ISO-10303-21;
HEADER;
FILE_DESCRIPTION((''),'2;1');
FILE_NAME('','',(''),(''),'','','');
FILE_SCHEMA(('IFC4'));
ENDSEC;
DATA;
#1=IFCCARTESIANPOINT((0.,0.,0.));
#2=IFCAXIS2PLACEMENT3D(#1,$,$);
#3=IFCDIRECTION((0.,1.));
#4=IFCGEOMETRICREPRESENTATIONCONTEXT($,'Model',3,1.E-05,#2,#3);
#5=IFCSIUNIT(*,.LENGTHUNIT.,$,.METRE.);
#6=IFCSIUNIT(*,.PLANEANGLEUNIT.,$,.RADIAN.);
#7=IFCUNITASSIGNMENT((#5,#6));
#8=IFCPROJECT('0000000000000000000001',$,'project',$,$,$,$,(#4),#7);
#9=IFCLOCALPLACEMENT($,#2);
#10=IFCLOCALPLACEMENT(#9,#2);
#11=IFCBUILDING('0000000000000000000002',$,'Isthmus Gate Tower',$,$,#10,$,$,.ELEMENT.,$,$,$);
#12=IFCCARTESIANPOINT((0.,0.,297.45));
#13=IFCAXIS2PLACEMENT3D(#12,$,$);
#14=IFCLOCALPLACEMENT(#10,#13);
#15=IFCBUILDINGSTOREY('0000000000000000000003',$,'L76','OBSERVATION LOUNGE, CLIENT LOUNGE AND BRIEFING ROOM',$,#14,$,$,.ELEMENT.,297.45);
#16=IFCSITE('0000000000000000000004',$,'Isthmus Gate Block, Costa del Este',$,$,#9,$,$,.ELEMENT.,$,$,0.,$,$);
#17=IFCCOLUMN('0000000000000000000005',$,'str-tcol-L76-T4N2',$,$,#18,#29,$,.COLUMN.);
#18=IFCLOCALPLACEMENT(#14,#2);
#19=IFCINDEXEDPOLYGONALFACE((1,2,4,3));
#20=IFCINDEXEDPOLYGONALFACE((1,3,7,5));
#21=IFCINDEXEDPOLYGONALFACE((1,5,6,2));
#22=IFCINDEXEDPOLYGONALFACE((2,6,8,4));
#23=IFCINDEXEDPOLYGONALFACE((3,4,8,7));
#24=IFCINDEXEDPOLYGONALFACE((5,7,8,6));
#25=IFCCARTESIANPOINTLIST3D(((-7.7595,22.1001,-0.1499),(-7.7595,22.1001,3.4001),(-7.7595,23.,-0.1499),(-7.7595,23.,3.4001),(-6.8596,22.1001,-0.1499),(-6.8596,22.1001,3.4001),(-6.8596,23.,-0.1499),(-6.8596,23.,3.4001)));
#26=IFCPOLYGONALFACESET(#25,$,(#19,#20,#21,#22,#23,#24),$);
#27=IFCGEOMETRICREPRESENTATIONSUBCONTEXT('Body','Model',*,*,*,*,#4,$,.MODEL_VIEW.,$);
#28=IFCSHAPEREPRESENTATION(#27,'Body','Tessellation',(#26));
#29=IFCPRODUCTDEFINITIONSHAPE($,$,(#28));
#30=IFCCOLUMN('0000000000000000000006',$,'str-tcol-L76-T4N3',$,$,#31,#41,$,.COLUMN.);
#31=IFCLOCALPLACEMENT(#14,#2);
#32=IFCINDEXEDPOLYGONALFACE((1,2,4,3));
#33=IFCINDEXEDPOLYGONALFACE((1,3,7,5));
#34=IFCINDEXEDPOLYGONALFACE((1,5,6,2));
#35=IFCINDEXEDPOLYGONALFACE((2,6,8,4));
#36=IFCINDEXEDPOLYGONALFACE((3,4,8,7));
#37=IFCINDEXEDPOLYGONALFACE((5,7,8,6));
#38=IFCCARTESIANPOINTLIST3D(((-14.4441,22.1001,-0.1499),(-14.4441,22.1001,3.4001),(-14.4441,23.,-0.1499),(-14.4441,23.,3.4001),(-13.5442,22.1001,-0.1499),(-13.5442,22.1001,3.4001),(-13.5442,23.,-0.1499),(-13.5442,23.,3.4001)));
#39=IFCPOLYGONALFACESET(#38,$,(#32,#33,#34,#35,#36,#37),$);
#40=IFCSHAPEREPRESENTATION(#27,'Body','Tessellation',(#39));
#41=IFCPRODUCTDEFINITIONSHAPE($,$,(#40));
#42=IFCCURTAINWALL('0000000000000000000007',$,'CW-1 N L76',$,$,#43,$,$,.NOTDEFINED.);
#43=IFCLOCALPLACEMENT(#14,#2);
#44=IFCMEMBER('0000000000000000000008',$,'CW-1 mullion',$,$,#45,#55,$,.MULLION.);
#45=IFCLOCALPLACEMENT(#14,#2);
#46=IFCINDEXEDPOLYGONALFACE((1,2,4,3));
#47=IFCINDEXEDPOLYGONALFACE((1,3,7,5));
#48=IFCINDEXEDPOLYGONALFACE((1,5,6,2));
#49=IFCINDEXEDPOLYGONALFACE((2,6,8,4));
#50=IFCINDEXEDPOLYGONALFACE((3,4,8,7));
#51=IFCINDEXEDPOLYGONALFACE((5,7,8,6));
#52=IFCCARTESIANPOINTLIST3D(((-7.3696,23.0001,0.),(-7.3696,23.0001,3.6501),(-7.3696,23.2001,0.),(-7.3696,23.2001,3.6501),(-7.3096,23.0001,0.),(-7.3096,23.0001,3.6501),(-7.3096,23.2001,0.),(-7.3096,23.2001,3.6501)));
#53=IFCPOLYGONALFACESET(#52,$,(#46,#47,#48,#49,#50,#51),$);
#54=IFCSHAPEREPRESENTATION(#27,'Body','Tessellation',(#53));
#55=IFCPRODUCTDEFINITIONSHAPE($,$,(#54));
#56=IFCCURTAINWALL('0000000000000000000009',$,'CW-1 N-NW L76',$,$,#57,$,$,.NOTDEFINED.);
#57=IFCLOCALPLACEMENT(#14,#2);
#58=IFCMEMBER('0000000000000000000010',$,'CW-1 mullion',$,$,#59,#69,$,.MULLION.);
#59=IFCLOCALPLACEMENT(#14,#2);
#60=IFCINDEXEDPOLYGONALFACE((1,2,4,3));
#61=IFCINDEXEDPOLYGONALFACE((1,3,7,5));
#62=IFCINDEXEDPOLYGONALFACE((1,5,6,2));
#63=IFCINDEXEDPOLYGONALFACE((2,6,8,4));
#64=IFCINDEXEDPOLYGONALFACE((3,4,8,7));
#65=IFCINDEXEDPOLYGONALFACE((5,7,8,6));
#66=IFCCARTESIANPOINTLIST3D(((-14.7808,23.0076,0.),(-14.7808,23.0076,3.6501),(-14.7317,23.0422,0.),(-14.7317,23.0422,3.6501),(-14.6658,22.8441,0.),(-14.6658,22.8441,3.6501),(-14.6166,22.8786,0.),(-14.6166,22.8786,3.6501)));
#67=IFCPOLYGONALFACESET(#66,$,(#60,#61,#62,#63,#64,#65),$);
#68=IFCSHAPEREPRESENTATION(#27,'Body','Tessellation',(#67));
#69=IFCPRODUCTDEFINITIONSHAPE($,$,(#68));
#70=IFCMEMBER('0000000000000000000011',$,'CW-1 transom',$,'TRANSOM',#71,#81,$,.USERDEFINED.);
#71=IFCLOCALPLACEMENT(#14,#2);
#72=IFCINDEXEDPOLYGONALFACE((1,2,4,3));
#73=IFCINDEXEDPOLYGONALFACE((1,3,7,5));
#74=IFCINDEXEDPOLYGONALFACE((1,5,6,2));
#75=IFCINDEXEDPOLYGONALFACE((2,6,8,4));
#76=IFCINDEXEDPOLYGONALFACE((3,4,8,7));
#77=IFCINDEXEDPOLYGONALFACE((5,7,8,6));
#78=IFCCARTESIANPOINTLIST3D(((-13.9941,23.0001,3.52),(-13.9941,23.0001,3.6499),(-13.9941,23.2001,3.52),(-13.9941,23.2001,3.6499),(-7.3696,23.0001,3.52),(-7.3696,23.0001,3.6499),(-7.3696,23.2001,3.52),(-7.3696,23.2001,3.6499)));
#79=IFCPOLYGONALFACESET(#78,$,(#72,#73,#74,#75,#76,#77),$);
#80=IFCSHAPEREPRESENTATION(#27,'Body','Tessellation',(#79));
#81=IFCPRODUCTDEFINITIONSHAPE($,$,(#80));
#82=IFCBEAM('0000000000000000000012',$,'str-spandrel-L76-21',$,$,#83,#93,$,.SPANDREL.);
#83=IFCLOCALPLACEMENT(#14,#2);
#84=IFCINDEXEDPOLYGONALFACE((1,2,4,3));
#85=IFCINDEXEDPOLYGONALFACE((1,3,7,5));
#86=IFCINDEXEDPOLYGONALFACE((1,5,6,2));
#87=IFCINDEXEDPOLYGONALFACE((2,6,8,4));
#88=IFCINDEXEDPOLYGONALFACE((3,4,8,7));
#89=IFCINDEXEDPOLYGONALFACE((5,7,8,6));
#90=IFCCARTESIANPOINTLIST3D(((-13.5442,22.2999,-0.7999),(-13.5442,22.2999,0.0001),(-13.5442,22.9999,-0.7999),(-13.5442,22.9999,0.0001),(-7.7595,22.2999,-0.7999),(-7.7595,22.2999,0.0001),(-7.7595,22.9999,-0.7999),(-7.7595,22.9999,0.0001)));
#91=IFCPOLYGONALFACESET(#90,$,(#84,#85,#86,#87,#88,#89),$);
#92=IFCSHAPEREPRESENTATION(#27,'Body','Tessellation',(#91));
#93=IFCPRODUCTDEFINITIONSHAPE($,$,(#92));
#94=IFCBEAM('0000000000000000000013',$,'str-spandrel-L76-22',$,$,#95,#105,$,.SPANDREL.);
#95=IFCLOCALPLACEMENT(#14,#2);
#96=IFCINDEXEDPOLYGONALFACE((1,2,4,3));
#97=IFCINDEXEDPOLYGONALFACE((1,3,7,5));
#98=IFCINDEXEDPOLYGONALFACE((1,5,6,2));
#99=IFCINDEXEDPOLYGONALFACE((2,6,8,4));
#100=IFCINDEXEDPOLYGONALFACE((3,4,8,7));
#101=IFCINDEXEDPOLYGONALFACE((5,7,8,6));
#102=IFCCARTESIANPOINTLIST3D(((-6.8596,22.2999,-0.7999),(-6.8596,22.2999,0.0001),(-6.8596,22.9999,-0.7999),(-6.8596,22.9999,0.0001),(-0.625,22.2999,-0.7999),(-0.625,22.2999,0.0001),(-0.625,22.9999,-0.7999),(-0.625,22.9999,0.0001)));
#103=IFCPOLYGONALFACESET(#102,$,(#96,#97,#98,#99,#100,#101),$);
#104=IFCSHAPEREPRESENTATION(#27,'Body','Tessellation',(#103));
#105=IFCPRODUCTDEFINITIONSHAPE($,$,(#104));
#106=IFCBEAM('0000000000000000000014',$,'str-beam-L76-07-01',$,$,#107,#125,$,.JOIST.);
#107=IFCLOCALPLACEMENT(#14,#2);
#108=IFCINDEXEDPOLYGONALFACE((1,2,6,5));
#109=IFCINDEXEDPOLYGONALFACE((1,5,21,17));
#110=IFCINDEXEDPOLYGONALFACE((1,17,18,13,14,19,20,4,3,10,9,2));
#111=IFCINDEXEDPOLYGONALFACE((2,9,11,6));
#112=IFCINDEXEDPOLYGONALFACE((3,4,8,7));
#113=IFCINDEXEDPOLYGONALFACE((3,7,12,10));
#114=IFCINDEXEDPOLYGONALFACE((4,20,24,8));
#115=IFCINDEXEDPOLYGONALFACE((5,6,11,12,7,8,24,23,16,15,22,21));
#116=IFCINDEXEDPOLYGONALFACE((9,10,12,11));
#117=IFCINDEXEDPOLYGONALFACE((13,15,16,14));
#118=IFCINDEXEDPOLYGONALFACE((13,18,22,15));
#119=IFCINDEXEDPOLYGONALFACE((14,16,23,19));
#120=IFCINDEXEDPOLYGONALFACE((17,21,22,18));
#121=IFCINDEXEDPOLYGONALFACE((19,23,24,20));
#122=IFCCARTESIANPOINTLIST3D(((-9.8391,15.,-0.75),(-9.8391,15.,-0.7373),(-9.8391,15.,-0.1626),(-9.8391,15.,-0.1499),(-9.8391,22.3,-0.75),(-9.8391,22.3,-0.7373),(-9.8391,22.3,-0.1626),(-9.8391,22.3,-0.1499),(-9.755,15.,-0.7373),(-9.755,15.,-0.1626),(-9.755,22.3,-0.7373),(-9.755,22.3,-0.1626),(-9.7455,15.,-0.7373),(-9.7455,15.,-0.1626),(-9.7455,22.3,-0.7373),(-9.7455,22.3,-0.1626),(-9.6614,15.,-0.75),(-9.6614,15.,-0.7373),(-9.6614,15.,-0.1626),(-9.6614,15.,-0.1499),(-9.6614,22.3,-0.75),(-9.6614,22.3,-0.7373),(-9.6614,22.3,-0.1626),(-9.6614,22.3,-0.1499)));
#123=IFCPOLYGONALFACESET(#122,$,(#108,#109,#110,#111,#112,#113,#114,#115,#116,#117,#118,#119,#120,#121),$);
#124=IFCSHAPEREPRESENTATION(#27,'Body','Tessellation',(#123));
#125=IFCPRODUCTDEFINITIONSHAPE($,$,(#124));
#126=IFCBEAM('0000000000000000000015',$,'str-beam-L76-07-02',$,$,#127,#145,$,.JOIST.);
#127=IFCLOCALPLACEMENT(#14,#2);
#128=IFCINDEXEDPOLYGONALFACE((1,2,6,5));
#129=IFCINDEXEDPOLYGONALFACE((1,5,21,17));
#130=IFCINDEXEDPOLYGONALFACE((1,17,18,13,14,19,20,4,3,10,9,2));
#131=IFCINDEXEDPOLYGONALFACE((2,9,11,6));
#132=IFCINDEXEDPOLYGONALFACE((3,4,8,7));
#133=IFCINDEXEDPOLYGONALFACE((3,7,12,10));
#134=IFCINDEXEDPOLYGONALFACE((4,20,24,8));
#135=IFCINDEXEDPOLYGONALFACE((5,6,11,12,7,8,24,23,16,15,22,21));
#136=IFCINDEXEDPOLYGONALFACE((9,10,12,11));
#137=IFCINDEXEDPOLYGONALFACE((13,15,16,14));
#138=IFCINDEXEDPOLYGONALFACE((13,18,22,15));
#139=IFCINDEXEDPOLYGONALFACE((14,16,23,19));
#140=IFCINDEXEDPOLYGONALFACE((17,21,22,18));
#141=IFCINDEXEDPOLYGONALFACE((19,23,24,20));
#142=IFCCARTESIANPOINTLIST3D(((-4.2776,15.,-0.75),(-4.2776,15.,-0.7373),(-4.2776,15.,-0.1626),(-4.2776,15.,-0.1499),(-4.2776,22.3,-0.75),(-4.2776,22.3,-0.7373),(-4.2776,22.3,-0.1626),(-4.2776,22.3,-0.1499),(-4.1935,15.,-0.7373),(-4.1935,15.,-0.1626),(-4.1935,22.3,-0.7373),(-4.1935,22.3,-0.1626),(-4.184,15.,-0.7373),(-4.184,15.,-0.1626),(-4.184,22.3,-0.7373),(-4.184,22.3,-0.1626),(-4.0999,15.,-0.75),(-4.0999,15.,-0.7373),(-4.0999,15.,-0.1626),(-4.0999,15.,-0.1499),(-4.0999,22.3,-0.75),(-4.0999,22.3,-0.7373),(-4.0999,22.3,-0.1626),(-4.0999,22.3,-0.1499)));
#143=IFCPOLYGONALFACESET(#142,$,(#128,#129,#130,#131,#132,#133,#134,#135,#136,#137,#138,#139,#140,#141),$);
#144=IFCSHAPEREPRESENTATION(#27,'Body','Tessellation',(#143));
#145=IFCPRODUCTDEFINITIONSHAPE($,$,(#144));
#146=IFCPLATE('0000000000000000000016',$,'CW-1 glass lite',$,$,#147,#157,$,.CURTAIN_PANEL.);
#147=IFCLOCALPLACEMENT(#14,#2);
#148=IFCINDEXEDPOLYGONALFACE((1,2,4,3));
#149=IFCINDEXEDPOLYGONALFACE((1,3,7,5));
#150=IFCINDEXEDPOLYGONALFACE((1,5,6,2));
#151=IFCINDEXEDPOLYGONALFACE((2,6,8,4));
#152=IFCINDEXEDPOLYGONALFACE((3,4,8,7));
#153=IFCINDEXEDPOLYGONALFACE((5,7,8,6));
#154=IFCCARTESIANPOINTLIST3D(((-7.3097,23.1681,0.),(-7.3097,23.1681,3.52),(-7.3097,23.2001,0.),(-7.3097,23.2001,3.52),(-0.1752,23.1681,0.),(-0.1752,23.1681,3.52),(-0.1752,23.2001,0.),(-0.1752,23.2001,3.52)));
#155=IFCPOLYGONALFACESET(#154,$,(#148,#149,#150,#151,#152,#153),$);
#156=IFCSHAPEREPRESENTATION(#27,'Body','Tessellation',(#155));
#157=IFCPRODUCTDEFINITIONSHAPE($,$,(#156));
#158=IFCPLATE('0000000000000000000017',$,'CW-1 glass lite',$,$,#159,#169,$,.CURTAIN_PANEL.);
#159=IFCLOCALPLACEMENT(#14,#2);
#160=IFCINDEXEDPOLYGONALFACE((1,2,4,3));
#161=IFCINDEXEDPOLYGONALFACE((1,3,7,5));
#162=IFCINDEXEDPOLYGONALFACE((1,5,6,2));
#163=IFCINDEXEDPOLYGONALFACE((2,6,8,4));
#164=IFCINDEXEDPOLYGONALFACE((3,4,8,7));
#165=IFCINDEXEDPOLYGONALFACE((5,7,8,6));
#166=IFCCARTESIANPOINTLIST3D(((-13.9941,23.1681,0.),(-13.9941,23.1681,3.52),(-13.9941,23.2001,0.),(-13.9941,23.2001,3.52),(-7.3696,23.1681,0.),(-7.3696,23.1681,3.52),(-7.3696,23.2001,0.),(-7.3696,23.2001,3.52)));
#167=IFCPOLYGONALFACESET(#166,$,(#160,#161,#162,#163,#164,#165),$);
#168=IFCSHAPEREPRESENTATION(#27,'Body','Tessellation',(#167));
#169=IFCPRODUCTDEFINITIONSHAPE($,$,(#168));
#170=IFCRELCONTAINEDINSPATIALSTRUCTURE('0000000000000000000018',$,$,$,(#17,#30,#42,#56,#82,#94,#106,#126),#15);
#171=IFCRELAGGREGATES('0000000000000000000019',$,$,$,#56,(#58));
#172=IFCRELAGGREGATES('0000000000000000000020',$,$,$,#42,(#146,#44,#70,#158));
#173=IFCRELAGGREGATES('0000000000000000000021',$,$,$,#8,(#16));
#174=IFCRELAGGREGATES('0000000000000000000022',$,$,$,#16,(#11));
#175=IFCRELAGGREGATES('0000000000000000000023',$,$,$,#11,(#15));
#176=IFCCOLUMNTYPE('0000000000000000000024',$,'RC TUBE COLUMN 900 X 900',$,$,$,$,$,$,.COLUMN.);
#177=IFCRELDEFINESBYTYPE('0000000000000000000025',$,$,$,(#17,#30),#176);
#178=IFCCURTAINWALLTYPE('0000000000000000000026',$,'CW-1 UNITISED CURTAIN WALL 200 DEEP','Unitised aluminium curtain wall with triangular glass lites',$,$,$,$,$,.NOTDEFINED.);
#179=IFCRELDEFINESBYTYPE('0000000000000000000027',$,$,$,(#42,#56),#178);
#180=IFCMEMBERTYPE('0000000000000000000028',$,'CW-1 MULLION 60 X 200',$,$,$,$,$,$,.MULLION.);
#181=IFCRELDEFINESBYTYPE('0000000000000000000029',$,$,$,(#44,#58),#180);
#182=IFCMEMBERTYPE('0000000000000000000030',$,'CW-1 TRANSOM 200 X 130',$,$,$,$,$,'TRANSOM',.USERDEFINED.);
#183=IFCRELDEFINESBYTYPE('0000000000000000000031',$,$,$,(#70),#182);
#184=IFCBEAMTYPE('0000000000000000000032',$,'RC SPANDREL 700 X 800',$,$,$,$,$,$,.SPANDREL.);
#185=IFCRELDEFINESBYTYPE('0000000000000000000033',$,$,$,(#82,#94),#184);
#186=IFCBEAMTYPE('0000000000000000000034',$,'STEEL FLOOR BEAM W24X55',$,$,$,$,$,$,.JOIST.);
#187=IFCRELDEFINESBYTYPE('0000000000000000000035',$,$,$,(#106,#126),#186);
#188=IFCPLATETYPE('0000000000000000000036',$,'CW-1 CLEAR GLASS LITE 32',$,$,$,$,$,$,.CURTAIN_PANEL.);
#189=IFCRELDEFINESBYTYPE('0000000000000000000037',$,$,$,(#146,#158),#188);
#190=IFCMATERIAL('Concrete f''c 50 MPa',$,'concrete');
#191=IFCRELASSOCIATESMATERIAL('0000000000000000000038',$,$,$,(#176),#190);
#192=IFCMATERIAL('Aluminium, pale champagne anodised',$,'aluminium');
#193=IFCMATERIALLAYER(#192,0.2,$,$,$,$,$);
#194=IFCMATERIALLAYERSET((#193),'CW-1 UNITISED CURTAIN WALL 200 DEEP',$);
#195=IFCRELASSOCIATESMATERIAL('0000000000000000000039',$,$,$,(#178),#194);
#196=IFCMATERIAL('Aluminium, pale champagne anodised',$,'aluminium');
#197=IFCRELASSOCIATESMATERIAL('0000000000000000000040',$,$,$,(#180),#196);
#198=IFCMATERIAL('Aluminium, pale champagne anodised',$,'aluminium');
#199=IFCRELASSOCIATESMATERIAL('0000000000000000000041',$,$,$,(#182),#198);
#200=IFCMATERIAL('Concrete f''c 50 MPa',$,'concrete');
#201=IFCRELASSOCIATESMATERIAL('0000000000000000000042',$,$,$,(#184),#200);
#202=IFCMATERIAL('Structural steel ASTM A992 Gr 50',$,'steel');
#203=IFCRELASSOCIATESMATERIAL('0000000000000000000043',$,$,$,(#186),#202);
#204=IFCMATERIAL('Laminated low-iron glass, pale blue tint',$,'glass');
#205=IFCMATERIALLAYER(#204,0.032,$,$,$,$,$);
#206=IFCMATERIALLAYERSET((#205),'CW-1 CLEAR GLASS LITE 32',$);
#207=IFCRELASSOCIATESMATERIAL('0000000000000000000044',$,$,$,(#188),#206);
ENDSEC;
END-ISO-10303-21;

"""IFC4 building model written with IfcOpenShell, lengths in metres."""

from ifc_helpers import new_model, si_unit, direction, frame, origin, origin_2d, place, context, subcontext, project, spatial, rectangle, i_section, extrude, material, layer, layer_set, material_profile, profile_set, type_object, element, aggregate, save


model = new_model("IFC4")

# Units and contexts
model_context = context("Model", 3, precision=1e-05, world=origin(), true_north=direction((0.0, 1.0)))
body_context = subcontext(model_context, "Body", "Model", "MODEL_VIEW")
ifc_project = project(units=[si_unit("LENGTHUNIT", "METRE"), si_unit("PLANEANGLEUNIT", "RADIAN")], contexts=[model_context])

# Site, building, storey
site_placement = place(None, origin())
site = spatial("IfcSite", under=ifc_project, at=site_placement, Name="Isthmus Gate Block, Costa del Este", CompositionType="ELEMENT", RefElevation=0.0)
building_placement = place(site_placement, origin())
building = spatial("IfcBuilding", under=site, at=building_placement, Name="Isthmus Gate Tower", CompositionType="ELEMENT")
storey_placement = place(building_placement, frame((0.0, 0.0, 297.45)))
storey = spatial("IfcBuildingStorey", under=building, at=storey_placement, Name="L76", Description="OBSERVATION LOUNGE, CLIENT LOUNGE AND BRIEFING ROOM", CompositionType="ELEMENT", Elevation=297.45)

# Columns
ifc_material_1 = material(Name="Concrete f'c 50 MPa", Category="concrete")
ifc_material_profile_1 = material_profile(ifc_material_1, rectangle(XDim=0.8999, YDim=0.8999, at=origin_2d()), Name="RC 900X900")
ifc_profile_set_1 = profile_set([ifc_material_profile_1], Name="Concrete f'c 50 MPa")
column_type = type_object("IfcColumnType", Name="RC TUBE COLUMN 900 X 900", PredefinedType="COLUMN", material=ifc_profile_set_1)
for number, where, z_axis, x_axis, name in (
    (1, (-7.3096, 22.55, -0.1499), (0.0, 0.0, 1.0), (-1.0, 0.0, 0.0), "str-tcol-L76-T4N2"),
    (2, (-13.9941, 22.55, -0.1499), (0.0, 0.0, 1.0), (-1.0, 0.0, 0.0), "str-tcol-L76-T4N3"),
):
    element("IfcColumn", number, at=place(storey_placement, frame(where, z_axis=z_axis, x_axis=x_axis)), inside=storey, type_object=column_type, Name=name, PredefinedType="COLUMN", context=body_context, shape_type="SweptSolid", body=[
        extrude(rectangle(XDim=0.8999, YDim=0.8999, at=origin_2d()), origin(), (0.0, 0.0, 1.0), 3.55),
    ])

# Curtain walls, members
ifc_material_2 = material(Name="Aluminium, pale champagne anodised", Category="aluminium")
ifc_layer_1 = layer(ifc_material_2, 0.2)
ifc_layer_set_1 = layer_set([ifc_layer_1], Name="CW-1 UNITISED CURTAIN WALL 200 DEEP")
curtain_wall_type = type_object("IfcCurtainWallType", Name="CW-1 UNITISED CURTAIN WALL 200 DEEP", Description="Unitised aluminium curtain wall with triangular glass lites", PredefinedType="NOTDEFINED", material=ifc_layer_set_1)
curtain_wall_1_placement = place(storey_placement, origin())
curtain_wall_1 = element("IfcCurtainWall", 3, at=curtain_wall_1_placement, inside=storey, type_object=curtain_wall_type, Name="CW-1 N L76", PredefinedType="NOTDEFINED")
ifc_material_3 = material(Name="Aluminium, pale champagne anodised", Category="aluminium")
ifc_material_profile_2 = material_profile(ifc_material_3, rectangle(XDim=0.0601, YDim=0.2, at=origin_2d()), Name="60x200")
ifc_profile_set_2 = profile_set([ifc_material_profile_2], Name="Aluminium, pale champagne anodised")
member_type_1 = type_object("IfcMemberType", Name="CW-1 MULLION 60 X 200", PredefinedType="MULLION", material=ifc_profile_set_2)
member_1_placement = place(storey_placement, frame((-7.3396, 23.1001, 0.0), z_axis=(0.0, 0.0, 1.0), x_axis=(-1.0, 0.0, 0.0)))
member_1 = element("IfcMember", 4, at=member_1_placement, type_object=member_type_1, Name="CW-1 mullion", PredefinedType="MULLION", context=body_context, shape_type="SweptSolid", body=[
    extrude(rectangle(XDim=0.0601, YDim=0.2, at=origin_2d()), origin(), (0.0, 0.0, 1.0), 3.6501),
])
curtain_wall_2_placement = place(storey_placement, origin())
curtain_wall_2 = element("IfcCurtainWall", 5, at=curtain_wall_2_placement, inside=storey, type_object=curtain_wall_type, Name="CW-1 N-NW L76", PredefinedType="NOTDEFINED")
member_2_placement = place(storey_placement, frame((-14.6987, 22.9431, 0.0), z_axis=(0.0, 0.0, 1.0), x_axis=(-0.81786, -0.575418, 0.0)))
member_2 = element("IfcMember", 6, at=member_2_placement, type_object=member_type_1, Name="CW-1 mullion", PredefinedType="MULLION", context=body_context, shape_type="SweptSolid", body=[
    extrude(rectangle(XDim=0.0601, YDim=0.2, at=origin_2d()), origin(), (0.0, 0.0, 1.0), 3.6501),
])
aggregate(curtain_wall_2, [member_2])

# Member
ifc_material_4 = material(Name="Aluminium, pale champagne anodised", Category="aluminium")
ifc_material_profile_3 = material_profile(ifc_material_4, rectangle(XDim=0.2, YDim=0.1299, at=origin_2d()), Name="200x130")
ifc_profile_set_3 = profile_set([ifc_material_profile_3], Name="Aluminium, pale champagne anodised")
member_type_2 = type_object("IfcMemberType", Name="CW-1 TRANSOM 200 X 130", ElementType="TRANSOM", PredefinedType="USERDEFINED", material=ifc_profile_set_3)
member_3_placement = place(storey_placement, frame((-7.3696, 23.1001, 3.585), z_axis=(-1.0, 0.0, 0.0), x_axis=(0.0, -1.0, 0.0)))
member_3 = element("IfcMember", 7, at=member_3_placement, type_object=member_type_2, Name="CW-1 transom", ObjectType="TRANSOM", PredefinedType="USERDEFINED", context=body_context, shape_type="SweptSolid", body=[
    extrude(rectangle(XDim=0.2, YDim=0.1299, at=origin_2d()), origin(), (0.0, 0.0, 1.0), 6.6245),
])

# Beams
ifc_material_5 = material(Name="Concrete f'c 50 MPa", Category="concrete")
ifc_material_profile_4 = material_profile(ifc_material_5, rectangle(XDim=0.7, YDim=0.8, at=origin_2d()), Name="RC 700X800")
ifc_profile_set_4 = profile_set([ifc_material_profile_4], Name="Concrete f'c 50 MPa")
beam_type_1 = type_object("IfcBeamType", Name="RC SPANDREL 700 X 800", PredefinedType="SPANDREL", material=ifc_profile_set_4)
beam_1_placement = place(storey_placement, frame((-13.5442, 22.6499, -0.3999), z_axis=(1.0, 0.0, 0.0), x_axis=(0.0, 1.0, 0.0)))
element("IfcBeam", 8, at=beam_1_placement, inside=storey, type_object=beam_type_1, Name="str-spandrel-L76-21", PredefinedType="SPANDREL", context=body_context, shape_type="SweptSolid", body=[
    extrude(rectangle(XDim=0.7, YDim=0.8, at=origin_2d()), origin(), (0.0, 0.0, 1.0), 5.7847),
])
beam_2_placement = place(storey_placement, frame((-6.8596, 22.6499, -0.3999), z_axis=(1.0, 0.0, 0.0), x_axis=(0.0, 1.0, 0.0)))
element("IfcBeam", 9, at=beam_2_placement, inside=storey, type_object=beam_type_1, Name="str-spandrel-L76-22", PredefinedType="SPANDREL", context=body_context, shape_type="SweptSolid", body=[
    extrude(rectangle(XDim=0.7, YDim=0.8, at=origin_2d()), origin(), (0.0, 0.0, 1.0), 6.2346),
])
ifc_material_6 = material(Name="Structural steel ASTM A992 Gr 50", Category="steel")
ifc_material_profile_5 = material_profile(ifc_material_6, i_section(OverallWidth=0.1777, OverallDepth=0.6001, WebThickness=0.0095, FlangeThickness=0.0127, at=origin_2d()), Name="W24X55")
ifc_profile_set_5 = profile_set([ifc_material_profile_5], Name="Structural steel ASTM A992 Gr 50")
beam_type_2 = type_object("IfcBeamType", Name="STEEL FLOOR BEAM W24X55", PredefinedType="JOIST", material=ifc_profile_set_5)
for number, where, z_axis, x_axis, name in (
    (10, (-9.7502, 15.0, -0.45), (0.0, 1.0, 0.0), (-1.0, 0.0, 0.0), "str-beam-L76-07-01"),
    (11, (-4.1887, 15.0, -0.45), (0.0, 1.0, 0.0), (-1.0, 0.0, 0.0), "str-beam-L76-07-02"),
):
    element("IfcBeam", number, at=place(storey_placement, frame(where, z_axis=z_axis, x_axis=x_axis)), inside=storey, type_object=beam_type_2, Name=name, PredefinedType="JOIST", context=body_context, shape_type="SweptSolid", body=[
        extrude(i_section(OverallWidth=0.1777, OverallDepth=0.6001, WebThickness=0.0095, FlangeThickness=0.0127, at=origin_2d()), origin(), (0.0, 0.0, 1.0), 7.3),
    ])

# Plates
ifc_material_7 = material(Name="Laminated low-iron glass, pale blue tint", Category="glass")
ifc_layer_2 = layer(ifc_material_7, 0.032)
ifc_layer_set_2 = layer_set([ifc_layer_2], Name="CW-1 CLEAR GLASS LITE 32")
plate_type = type_object("IfcPlateType", Name="CW-1 CLEAR GLASS LITE 32", PredefinedType="CURTAIN_PANEL", material=ifc_layer_set_2)
plate_1_placement = place(storey_placement, frame((-3.7424, 23.1841, 0.0), z_axis=(0.0, 0.0, 1.0), x_axis=(-1.0, 0.0, 0.0)))
plate_1 = element("IfcPlate", 12, at=plate_1_placement, type_object=plate_type, Name="CW-1 glass lite", PredefinedType="CURTAIN_PANEL", context=body_context, shape_type="SweptSolid", body=[
    extrude(rectangle(XDim=7.1345, YDim=0.032, at=origin_2d()), origin(), (0.0, 0.0, 1.0), 3.52),
])
plate_2_placement = place(storey_placement, frame((-10.6819, 23.1841, 0.0), z_axis=(0.0, 0.0, 1.0), x_axis=(-1.0, 0.0, 0.0)))
plate_2 = element("IfcPlate", 13, at=plate_2_placement, type_object=plate_type, Name="CW-1 glass lite", PredefinedType="CURTAIN_PANEL", context=body_context, shape_type="SweptSolid", body=[
    extrude(rectangle(XDim=6.6245, YDim=0.032, at=origin_2d()), origin(), (0.0, 0.0, 1.0), 3.52),
])
aggregate(curtain_wall_1, [plate_1, member_1, member_3, plate_2])

save(model, "model.ifc")
